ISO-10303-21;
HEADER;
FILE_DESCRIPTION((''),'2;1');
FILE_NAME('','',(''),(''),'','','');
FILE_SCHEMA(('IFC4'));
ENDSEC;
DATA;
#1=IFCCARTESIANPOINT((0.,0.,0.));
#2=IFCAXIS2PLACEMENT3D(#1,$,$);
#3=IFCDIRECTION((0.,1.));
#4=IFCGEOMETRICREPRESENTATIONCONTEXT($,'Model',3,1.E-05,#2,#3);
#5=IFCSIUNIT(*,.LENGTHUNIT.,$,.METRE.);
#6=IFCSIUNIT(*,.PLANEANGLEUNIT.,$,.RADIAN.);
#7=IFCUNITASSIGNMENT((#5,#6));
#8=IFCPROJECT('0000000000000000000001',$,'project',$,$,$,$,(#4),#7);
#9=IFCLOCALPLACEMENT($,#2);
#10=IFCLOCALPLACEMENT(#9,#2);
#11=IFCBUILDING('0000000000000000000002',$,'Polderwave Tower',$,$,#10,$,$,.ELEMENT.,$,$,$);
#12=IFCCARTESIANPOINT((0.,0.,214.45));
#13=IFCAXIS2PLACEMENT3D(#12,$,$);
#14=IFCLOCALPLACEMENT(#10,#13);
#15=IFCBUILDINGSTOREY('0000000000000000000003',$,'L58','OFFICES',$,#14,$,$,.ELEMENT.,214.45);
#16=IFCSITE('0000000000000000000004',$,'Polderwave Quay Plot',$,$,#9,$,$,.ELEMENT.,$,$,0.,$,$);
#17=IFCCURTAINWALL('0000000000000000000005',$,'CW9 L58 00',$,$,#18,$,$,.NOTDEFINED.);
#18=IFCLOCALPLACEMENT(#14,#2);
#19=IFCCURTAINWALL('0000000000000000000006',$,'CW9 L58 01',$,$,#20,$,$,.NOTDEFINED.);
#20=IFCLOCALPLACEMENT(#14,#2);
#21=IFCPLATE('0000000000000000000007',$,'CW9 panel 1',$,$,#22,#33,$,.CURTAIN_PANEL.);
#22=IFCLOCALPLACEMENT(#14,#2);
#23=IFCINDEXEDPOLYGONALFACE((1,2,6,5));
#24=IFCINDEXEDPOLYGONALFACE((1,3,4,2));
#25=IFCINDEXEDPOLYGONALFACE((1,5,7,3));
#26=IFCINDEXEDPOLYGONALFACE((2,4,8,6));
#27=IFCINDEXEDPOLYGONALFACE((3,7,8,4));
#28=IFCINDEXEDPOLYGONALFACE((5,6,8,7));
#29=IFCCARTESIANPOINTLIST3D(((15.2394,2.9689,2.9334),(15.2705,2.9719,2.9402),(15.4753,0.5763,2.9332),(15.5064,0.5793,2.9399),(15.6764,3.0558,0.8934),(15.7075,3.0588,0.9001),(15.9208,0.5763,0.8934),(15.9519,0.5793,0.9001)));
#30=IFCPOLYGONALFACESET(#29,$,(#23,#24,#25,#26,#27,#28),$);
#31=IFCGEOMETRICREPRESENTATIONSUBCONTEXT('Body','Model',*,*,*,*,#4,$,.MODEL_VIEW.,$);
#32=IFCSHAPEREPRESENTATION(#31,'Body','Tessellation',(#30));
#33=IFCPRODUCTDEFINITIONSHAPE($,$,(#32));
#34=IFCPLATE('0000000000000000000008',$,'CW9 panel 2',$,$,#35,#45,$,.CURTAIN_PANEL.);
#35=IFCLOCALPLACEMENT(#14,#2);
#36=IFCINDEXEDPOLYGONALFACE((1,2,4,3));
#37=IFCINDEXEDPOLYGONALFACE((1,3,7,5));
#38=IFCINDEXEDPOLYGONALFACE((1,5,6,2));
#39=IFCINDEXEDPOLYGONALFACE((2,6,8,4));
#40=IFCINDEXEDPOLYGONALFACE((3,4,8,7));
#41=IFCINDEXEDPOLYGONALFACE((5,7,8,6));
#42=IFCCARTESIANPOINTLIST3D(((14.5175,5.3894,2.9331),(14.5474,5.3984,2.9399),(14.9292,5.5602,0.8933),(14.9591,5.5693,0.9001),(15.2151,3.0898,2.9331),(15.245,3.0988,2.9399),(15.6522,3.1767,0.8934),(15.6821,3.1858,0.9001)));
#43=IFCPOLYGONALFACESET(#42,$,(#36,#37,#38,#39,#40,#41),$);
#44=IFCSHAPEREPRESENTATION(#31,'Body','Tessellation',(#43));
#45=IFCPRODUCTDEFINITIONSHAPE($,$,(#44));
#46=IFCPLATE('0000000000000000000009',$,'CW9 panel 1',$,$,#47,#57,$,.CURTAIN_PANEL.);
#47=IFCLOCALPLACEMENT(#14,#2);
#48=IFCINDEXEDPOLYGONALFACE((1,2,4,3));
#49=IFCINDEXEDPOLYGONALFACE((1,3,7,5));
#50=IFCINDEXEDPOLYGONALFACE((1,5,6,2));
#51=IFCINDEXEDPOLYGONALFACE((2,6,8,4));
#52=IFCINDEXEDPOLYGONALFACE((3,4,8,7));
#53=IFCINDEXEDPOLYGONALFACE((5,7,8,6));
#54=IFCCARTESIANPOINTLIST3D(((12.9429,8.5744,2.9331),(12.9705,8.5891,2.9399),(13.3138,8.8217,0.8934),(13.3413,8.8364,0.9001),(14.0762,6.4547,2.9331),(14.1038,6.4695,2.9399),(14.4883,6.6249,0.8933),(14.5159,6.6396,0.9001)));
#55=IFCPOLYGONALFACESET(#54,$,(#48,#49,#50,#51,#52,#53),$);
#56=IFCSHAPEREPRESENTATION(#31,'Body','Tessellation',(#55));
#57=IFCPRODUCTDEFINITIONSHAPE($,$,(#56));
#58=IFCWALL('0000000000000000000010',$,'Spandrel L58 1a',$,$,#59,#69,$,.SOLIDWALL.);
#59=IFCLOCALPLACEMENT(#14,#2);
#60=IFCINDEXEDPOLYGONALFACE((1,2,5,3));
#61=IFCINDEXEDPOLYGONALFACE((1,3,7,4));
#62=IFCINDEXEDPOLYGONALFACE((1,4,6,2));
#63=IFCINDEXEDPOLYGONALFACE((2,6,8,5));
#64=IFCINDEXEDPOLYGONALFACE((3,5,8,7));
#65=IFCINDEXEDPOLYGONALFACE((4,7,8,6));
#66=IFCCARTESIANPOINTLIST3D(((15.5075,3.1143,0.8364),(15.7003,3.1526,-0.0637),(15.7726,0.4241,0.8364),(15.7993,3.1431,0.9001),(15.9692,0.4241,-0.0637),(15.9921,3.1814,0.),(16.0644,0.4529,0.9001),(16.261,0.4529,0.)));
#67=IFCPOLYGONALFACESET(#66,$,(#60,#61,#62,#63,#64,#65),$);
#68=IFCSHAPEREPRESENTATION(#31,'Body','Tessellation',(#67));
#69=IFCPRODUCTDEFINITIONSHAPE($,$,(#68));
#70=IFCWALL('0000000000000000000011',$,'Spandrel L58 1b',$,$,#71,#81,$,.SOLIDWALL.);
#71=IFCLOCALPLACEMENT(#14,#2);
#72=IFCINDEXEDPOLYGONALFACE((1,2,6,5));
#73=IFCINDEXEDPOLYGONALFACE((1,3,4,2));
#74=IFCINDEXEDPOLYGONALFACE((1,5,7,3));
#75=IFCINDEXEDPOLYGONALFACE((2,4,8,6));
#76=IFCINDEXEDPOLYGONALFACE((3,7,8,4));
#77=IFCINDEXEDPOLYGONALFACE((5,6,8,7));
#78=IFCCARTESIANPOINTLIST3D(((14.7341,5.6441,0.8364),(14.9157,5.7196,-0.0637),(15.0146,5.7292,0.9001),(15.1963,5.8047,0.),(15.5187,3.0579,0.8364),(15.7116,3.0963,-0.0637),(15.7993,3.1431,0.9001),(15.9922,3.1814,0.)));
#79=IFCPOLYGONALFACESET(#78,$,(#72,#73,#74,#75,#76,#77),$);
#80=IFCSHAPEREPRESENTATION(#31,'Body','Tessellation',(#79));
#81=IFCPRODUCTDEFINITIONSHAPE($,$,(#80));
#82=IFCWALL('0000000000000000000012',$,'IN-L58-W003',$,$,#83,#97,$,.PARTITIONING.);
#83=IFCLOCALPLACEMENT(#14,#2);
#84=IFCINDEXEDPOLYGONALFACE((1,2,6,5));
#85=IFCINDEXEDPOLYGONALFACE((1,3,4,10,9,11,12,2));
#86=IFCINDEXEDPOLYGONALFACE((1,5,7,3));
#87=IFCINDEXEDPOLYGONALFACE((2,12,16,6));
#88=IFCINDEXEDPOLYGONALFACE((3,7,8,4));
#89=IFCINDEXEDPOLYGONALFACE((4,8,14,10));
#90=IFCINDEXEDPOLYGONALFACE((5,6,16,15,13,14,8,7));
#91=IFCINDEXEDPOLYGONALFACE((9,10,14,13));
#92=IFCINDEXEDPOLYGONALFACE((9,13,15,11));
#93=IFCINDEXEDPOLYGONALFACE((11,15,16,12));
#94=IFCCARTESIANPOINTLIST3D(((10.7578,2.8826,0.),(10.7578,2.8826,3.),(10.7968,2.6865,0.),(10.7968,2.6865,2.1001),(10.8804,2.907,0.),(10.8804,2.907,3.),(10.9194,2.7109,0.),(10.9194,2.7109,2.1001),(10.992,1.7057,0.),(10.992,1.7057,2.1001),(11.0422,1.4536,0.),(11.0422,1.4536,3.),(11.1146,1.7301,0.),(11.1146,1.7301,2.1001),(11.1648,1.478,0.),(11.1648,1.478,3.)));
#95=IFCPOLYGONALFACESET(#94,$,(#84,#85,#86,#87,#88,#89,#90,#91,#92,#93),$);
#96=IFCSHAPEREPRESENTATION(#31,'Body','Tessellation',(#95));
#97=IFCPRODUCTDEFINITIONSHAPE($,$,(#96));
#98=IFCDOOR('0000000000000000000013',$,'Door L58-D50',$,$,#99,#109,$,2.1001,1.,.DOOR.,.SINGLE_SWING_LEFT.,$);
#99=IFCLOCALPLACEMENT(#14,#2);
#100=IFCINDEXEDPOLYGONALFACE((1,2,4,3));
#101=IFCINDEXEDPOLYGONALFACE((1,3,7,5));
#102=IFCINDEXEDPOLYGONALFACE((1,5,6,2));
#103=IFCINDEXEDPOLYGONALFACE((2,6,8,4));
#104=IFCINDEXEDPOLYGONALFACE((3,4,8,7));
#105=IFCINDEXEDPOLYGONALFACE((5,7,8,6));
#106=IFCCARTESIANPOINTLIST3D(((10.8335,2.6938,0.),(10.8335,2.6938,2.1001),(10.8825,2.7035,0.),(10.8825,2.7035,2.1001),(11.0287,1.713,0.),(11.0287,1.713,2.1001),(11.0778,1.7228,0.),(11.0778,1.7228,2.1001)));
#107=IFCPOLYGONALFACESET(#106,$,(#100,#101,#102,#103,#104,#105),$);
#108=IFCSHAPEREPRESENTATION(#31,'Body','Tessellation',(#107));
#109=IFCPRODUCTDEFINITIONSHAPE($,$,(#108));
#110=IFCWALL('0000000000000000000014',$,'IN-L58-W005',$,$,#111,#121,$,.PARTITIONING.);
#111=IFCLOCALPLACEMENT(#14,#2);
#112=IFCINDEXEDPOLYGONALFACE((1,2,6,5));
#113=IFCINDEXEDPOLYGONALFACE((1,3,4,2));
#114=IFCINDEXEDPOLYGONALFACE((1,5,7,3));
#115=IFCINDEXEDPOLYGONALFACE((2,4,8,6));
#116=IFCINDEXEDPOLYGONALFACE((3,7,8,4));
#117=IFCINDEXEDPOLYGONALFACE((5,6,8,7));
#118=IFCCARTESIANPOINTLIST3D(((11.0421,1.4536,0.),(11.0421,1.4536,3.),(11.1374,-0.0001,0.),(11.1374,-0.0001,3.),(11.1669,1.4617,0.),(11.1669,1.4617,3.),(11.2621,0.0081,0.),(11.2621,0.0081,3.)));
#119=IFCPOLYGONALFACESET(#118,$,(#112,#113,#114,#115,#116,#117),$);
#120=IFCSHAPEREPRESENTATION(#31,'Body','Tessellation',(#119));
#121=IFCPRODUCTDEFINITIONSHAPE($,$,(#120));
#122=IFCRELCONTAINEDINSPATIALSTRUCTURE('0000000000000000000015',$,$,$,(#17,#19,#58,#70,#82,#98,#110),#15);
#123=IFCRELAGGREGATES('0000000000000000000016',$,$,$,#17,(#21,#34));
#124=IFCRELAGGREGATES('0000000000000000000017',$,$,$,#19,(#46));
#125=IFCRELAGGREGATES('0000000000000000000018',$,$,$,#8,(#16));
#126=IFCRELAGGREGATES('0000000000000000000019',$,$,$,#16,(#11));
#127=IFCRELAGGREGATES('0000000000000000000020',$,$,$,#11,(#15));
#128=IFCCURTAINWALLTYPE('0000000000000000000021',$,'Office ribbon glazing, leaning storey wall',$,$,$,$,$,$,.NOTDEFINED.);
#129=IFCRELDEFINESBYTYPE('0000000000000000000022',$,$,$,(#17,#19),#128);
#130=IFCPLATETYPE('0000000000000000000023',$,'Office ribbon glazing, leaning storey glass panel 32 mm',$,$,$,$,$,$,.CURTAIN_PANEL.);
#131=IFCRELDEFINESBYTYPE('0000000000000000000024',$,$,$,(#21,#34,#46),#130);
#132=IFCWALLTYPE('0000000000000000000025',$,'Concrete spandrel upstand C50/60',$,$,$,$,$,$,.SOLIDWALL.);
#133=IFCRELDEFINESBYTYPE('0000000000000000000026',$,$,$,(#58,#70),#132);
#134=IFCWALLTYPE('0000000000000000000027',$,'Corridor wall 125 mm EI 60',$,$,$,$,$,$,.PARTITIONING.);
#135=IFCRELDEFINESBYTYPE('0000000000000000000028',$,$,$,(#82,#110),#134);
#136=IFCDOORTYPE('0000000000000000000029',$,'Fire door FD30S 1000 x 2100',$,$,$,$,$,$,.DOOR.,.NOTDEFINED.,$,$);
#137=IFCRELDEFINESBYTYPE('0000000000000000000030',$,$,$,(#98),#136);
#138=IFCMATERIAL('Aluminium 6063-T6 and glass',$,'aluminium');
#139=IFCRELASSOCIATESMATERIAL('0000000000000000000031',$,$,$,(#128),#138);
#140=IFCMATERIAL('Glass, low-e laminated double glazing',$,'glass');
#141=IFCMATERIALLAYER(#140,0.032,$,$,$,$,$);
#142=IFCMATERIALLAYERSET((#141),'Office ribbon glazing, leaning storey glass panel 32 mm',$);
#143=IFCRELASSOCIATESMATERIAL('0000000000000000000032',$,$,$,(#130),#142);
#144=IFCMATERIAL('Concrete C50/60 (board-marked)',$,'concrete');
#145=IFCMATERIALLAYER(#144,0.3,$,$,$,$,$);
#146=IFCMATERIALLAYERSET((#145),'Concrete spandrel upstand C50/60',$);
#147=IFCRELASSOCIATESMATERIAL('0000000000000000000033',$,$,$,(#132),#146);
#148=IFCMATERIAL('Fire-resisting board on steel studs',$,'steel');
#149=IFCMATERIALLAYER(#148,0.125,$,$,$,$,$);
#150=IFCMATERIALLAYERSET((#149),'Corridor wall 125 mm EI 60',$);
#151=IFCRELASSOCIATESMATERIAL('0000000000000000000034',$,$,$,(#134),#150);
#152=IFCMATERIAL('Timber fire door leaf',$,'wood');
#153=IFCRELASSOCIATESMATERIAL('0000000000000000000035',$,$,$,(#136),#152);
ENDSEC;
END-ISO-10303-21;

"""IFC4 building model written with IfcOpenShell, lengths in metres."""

from ifc_helpers import new_model, si_unit, direction, frame, frame_2d, origin, place, context, subcontext, project, spatial, polyline, rectangle, outline, extrude, material, layer, layer_set, type_object, element, fill, aggregate, save


model = new_model("IFC4")

# Units and contexts
model_context = context("Model", 3, precision=1e-05, world=origin(), true_north=direction((0.0, 1.0)))
body_context = subcontext(model_context, "Body", "Model", "MODEL_VIEW")
ifc_project = project(units=[si_unit("LENGTHUNIT", "METRE"), si_unit("PLANEANGLEUNIT", "RADIAN")], contexts=[model_context])

# Site, building, storey
site_placement = place(None, origin())
site = spatial("IfcSite", under=ifc_project, at=site_placement, Name="Polderwave Quay Plot", CompositionType="ELEMENT", RefElevation=0.0)
building_placement = place(site_placement, origin())
building = spatial("IfcBuilding", under=site, at=building_placement, Name="Polderwave Tower", CompositionType="ELEMENT")
storey_placement = place(building_placement, frame((0.0, 0.0, 214.45)))
storey = spatial("IfcBuildingStorey", under=building, at=storey_placement, Name="L58", Description="OFFICES", CompositionType="ELEMENT", Elevation=214.45)

# Curtain wall
ifc_material_1 = material(Name="Aluminium 6063-T6 and glass", Category="aluminium")
curtain_wall_type = type_object("IfcCurtainWallType", Name="Office ribbon glazing, leaning storey wall", PredefinedType="NOTDEFINED", material=ifc_material_1)
curtain_wall_1_placement = place(storey_placement, origin())
curtain_wall_1 = element("IfcCurtainWall", 1, at=curtain_wall_1_placement, inside=storey, type_object=curtain_wall_type, Name="CW9 L58 00", PredefinedType="NOTDEFINED")

# Curtain wall
curtain_wall_2_placement = place(storey_placement, origin())
curtain_wall_2 = element("IfcCurtainWall", 2, at=curtain_wall_2_placement, inside=storey, type_object=curtain_wall_type, Name="CW9 L58 01", PredefinedType="NOTDEFINED")

# Plates
ifc_material_2 = material(Name="Glass, low-e laminated double glazing", Category="glass")
ifc_layer_1 = layer(ifc_material_2, 0.032)
ifc_layer_set_1 = layer_set([ifc_layer_1], Name="Office ribbon glazing, leaning storey glass panel 32 mm")
plate_type = type_object("IfcPlateType", Name="Office ribbon glazing, leaning storey glass panel 32 mm", PredefinedType="CURTAIN_PANEL", material=ifc_layer_set_1)
plate_1_placement = place(storey_placement, frame((15.9519, 0.5793, 0.9001), z_axis=(0.972469, 0.095843, 0.212411), x_axis=(-0.098081, 0.995178, 0.000001)))
plate_1 = element("IfcPlate", 3, at=plate_1_placement, type_object=plate_type, Name="CW9 panel 1", PredefinedType="CURTAIN_PANEL", context=body_context, shape_type="SweptSolid", body=[
    extrude(outline(polyline([(0.0, 0.0), (2.4915, 0.0), (2.4479, 2.0877), (0.0437, 2.0874), (0.0, 0.0)])), origin(), (0.0, 0.0, -1.0), 0.032),
])
plate_2_placement = place(storey_placement, frame((15.6821, 3.1858, 0.9001), z_axis=(0.935083, 0.283664, 0.212497), x_axis=(-0.290291, 0.956938, -0.000013)))
plate_2 = element("IfcPlate", 4, at=plate_2_placement, type_object=plate_type, Name="CW9 panel 2", PredefinedType="CURTAIN_PANEL", context=body_context, shape_type="SweptSolid", body=[
    extrude(outline(polyline([(0.0, 0.0), (2.4908, 0.0), (2.4468, 2.0875), (0.0437, 2.0874), (0.0, 0.0)])), origin(), (0.0, 0.0, -1.0), 0.032),
])
aggregate(curtain_wall_1, [plate_1, plate_2])
plate_3_placement = place(storey_placement, frame((14.5159, 6.6396, 0.9001), z_axis=(0.861716, 0.460735, 0.21253), x_axis=(-0.471507, 0.881862, 0.0)))
plate_3 = element("IfcPlate", 5, at=plate_3_placement, type_object=plate_type, Name="CW9 panel 1", PredefinedType="CURTAIN_PANEL", context=body_context, shape_type="SweptSolid", body=[
    extrude(outline(polyline([(0.0, 0.0), (2.4911, 0.0), (2.4478, 2.0875), (0.0443, 2.0875), (0.0, 0.0)])), origin(), (0.0, 0.0, -1.0), 0.032),
])
aggregate(curtain_wall_2, [plate_3])

# Walls
ifc_material_3 = material(Name="Concrete C50/60 (board-marked)", Category="concrete")
ifc_layer_2 = layer(ifc_material_3, 0.3)
ifc_layer_set_2 = layer_set([ifc_layer_2], Name="Concrete spandrel upstand C50/60")
wall_type_1 = type_object("IfcWallType", Name="Concrete spandrel upstand C50/60", PredefinedType="SOLIDWALL", material=ifc_layer_set_2)
wall_1_placement = place(storey_placement, frame((16.261, 0.4529, 0.0), z_axis=(0.972476, 0.095824, 0.212387), x_axis=(-0.09806, 0.995181, -0.000004)))
element("IfcWall", 6, at=wall_1_placement, inside=storey, type_object=wall_type_1, Name="Spandrel L58 1a", PredefinedType="SOLIDWALL", context=body_context, shape_type="SweptSolid", body=[
    extrude(outline(polyline([(0.0, 0.0), (2.7417, 0.0), (2.7225, 0.9212), (0.0193, 0.9212), (0.0, 0.0)])), origin(), (0.0, 0.0, -1.0), 0.3),
])
wall_2_placement = place(storey_placement, frame((15.9922, 3.1814, 0.0), z_axis=(0.93508, 0.283706, 0.212452), x_axis=(-0.290333, 0.956926, -0.000001)))
element("IfcWall", 7, at=wall_2_placement, inside=storey, type_object=wall_type_1, Name="Spandrel L58 1b", PredefinedType="SOLIDWALL", context=body_context, shape_type="SweptSolid", body=[
    extrude(outline(polyline([(0.0, 0.0), (2.7414, 0.0), (2.7219, 0.9212), (0.0193, 0.9212), (0.0, 0.0)])), origin(), (0.0, 0.0, -1.0), 0.3),
])

# Wall, opening, door
ifc_material_4 = material(Name="Fire-resisting board on steel studs", Category="steel")
ifc_layer_3 = layer(ifc_material_4, 0.125)
ifc_layer_set_3 = layer_set([ifc_layer_3], Name="Corridor wall 125 mm EI 60")
wall_type_2 = type_object("IfcWallType", Name="Corridor wall 125 mm EI 60", PredefinedType="PARTITIONING", material=ifc_layer_set_3)
wall_3_placement = place(storey_placement, frame((10.8191, 2.8948, 0.0), z_axis=(0.0, 0.0, 1.0), x_axis=(0.195214, -0.980761, 0.0)))
wall_3 = element("IfcWall", 8, at=wall_3_placement, inside=storey, type_object=wall_type_2, Name="IN-L58-W003", PredefinedType="PARTITIONING", context=body_context, shape_type="SweptSolid", body=[
    extrude(rectangle(XDim=1.457, YDim=0.125, at=frame_2d((0.7285, 0.0))), origin(), (0.0, 0.0, 1.0), 3.0),
])
opening_placement = place(wall_3_placement, frame((0.2, 0.0, 0.0)))
opening = element("IfcOpeningElement", 9, at=opening_placement, cuts=wall_3, PredefinedType="OPENING", context=body_context, shape_type="SweptSolid", body=[
    extrude(rectangle(XDim=1.0, YDim=2.1001, at=frame_2d((0.5, 1.05))), frame((0.0, 0.0725, 0.0), z_axis=(0.0, -1.0, 0.0), x_axis=(1.0, 0.0, 0.0)), (0.0, 0.0, 1.0), 0.145),
])
ifc_material_5 = material(Name="Timber fire door leaf", Category="wood")
door_type = type_object("IfcDoorType", Name="Fire door FD30S 1000 x 2100", OperationType="NOTDEFINED", PredefinedType="DOOR", material=ifc_material_5)
door_placement = place(opening_placement, origin())
door = element("IfcDoor", 10, at=door_placement, inside=storey, type_object=door_type, Name="Door L58-D50", OperationType="SINGLE_SWING_LEFT", OverallHeight=2.1001, OverallWidth=1.0, PredefinedType="DOOR", context=body_context, shape_type="SweptSolid", body=[
    extrude(rectangle(XDim=1.0, YDim=2.1001, at=frame_2d((0.5, 1.05))), frame((0.0, 0.0249, 0.0), z_axis=(0.0, -1.0, 0.0), x_axis=(1.0, 0.0, 0.0)), (0.0, 0.0, 1.0), 0.05),
])
fill(opening, door)

# Wall
wall_4_placement = place(storey_placement, frame((11.1045, 1.4578, 0.0), z_axis=(0.0, 0.0, 1.0), x_axis=(0.065362, -0.997862, 0.0)))
element("IfcWall", 11, at=wall_4_placement, inside=storey, type_object=wall_type_2, Name="IN-L58-W005", PredefinedType="PARTITIONING", context=body_context, shape_type="SweptSolid", body=[
    extrude(rectangle(XDim=1.4568, YDim=0.125, at=frame_2d((0.7285, 0.0))), origin(), (0.0, 0.0, 1.0), 3.0),
])

save(model, "model.ifc")
